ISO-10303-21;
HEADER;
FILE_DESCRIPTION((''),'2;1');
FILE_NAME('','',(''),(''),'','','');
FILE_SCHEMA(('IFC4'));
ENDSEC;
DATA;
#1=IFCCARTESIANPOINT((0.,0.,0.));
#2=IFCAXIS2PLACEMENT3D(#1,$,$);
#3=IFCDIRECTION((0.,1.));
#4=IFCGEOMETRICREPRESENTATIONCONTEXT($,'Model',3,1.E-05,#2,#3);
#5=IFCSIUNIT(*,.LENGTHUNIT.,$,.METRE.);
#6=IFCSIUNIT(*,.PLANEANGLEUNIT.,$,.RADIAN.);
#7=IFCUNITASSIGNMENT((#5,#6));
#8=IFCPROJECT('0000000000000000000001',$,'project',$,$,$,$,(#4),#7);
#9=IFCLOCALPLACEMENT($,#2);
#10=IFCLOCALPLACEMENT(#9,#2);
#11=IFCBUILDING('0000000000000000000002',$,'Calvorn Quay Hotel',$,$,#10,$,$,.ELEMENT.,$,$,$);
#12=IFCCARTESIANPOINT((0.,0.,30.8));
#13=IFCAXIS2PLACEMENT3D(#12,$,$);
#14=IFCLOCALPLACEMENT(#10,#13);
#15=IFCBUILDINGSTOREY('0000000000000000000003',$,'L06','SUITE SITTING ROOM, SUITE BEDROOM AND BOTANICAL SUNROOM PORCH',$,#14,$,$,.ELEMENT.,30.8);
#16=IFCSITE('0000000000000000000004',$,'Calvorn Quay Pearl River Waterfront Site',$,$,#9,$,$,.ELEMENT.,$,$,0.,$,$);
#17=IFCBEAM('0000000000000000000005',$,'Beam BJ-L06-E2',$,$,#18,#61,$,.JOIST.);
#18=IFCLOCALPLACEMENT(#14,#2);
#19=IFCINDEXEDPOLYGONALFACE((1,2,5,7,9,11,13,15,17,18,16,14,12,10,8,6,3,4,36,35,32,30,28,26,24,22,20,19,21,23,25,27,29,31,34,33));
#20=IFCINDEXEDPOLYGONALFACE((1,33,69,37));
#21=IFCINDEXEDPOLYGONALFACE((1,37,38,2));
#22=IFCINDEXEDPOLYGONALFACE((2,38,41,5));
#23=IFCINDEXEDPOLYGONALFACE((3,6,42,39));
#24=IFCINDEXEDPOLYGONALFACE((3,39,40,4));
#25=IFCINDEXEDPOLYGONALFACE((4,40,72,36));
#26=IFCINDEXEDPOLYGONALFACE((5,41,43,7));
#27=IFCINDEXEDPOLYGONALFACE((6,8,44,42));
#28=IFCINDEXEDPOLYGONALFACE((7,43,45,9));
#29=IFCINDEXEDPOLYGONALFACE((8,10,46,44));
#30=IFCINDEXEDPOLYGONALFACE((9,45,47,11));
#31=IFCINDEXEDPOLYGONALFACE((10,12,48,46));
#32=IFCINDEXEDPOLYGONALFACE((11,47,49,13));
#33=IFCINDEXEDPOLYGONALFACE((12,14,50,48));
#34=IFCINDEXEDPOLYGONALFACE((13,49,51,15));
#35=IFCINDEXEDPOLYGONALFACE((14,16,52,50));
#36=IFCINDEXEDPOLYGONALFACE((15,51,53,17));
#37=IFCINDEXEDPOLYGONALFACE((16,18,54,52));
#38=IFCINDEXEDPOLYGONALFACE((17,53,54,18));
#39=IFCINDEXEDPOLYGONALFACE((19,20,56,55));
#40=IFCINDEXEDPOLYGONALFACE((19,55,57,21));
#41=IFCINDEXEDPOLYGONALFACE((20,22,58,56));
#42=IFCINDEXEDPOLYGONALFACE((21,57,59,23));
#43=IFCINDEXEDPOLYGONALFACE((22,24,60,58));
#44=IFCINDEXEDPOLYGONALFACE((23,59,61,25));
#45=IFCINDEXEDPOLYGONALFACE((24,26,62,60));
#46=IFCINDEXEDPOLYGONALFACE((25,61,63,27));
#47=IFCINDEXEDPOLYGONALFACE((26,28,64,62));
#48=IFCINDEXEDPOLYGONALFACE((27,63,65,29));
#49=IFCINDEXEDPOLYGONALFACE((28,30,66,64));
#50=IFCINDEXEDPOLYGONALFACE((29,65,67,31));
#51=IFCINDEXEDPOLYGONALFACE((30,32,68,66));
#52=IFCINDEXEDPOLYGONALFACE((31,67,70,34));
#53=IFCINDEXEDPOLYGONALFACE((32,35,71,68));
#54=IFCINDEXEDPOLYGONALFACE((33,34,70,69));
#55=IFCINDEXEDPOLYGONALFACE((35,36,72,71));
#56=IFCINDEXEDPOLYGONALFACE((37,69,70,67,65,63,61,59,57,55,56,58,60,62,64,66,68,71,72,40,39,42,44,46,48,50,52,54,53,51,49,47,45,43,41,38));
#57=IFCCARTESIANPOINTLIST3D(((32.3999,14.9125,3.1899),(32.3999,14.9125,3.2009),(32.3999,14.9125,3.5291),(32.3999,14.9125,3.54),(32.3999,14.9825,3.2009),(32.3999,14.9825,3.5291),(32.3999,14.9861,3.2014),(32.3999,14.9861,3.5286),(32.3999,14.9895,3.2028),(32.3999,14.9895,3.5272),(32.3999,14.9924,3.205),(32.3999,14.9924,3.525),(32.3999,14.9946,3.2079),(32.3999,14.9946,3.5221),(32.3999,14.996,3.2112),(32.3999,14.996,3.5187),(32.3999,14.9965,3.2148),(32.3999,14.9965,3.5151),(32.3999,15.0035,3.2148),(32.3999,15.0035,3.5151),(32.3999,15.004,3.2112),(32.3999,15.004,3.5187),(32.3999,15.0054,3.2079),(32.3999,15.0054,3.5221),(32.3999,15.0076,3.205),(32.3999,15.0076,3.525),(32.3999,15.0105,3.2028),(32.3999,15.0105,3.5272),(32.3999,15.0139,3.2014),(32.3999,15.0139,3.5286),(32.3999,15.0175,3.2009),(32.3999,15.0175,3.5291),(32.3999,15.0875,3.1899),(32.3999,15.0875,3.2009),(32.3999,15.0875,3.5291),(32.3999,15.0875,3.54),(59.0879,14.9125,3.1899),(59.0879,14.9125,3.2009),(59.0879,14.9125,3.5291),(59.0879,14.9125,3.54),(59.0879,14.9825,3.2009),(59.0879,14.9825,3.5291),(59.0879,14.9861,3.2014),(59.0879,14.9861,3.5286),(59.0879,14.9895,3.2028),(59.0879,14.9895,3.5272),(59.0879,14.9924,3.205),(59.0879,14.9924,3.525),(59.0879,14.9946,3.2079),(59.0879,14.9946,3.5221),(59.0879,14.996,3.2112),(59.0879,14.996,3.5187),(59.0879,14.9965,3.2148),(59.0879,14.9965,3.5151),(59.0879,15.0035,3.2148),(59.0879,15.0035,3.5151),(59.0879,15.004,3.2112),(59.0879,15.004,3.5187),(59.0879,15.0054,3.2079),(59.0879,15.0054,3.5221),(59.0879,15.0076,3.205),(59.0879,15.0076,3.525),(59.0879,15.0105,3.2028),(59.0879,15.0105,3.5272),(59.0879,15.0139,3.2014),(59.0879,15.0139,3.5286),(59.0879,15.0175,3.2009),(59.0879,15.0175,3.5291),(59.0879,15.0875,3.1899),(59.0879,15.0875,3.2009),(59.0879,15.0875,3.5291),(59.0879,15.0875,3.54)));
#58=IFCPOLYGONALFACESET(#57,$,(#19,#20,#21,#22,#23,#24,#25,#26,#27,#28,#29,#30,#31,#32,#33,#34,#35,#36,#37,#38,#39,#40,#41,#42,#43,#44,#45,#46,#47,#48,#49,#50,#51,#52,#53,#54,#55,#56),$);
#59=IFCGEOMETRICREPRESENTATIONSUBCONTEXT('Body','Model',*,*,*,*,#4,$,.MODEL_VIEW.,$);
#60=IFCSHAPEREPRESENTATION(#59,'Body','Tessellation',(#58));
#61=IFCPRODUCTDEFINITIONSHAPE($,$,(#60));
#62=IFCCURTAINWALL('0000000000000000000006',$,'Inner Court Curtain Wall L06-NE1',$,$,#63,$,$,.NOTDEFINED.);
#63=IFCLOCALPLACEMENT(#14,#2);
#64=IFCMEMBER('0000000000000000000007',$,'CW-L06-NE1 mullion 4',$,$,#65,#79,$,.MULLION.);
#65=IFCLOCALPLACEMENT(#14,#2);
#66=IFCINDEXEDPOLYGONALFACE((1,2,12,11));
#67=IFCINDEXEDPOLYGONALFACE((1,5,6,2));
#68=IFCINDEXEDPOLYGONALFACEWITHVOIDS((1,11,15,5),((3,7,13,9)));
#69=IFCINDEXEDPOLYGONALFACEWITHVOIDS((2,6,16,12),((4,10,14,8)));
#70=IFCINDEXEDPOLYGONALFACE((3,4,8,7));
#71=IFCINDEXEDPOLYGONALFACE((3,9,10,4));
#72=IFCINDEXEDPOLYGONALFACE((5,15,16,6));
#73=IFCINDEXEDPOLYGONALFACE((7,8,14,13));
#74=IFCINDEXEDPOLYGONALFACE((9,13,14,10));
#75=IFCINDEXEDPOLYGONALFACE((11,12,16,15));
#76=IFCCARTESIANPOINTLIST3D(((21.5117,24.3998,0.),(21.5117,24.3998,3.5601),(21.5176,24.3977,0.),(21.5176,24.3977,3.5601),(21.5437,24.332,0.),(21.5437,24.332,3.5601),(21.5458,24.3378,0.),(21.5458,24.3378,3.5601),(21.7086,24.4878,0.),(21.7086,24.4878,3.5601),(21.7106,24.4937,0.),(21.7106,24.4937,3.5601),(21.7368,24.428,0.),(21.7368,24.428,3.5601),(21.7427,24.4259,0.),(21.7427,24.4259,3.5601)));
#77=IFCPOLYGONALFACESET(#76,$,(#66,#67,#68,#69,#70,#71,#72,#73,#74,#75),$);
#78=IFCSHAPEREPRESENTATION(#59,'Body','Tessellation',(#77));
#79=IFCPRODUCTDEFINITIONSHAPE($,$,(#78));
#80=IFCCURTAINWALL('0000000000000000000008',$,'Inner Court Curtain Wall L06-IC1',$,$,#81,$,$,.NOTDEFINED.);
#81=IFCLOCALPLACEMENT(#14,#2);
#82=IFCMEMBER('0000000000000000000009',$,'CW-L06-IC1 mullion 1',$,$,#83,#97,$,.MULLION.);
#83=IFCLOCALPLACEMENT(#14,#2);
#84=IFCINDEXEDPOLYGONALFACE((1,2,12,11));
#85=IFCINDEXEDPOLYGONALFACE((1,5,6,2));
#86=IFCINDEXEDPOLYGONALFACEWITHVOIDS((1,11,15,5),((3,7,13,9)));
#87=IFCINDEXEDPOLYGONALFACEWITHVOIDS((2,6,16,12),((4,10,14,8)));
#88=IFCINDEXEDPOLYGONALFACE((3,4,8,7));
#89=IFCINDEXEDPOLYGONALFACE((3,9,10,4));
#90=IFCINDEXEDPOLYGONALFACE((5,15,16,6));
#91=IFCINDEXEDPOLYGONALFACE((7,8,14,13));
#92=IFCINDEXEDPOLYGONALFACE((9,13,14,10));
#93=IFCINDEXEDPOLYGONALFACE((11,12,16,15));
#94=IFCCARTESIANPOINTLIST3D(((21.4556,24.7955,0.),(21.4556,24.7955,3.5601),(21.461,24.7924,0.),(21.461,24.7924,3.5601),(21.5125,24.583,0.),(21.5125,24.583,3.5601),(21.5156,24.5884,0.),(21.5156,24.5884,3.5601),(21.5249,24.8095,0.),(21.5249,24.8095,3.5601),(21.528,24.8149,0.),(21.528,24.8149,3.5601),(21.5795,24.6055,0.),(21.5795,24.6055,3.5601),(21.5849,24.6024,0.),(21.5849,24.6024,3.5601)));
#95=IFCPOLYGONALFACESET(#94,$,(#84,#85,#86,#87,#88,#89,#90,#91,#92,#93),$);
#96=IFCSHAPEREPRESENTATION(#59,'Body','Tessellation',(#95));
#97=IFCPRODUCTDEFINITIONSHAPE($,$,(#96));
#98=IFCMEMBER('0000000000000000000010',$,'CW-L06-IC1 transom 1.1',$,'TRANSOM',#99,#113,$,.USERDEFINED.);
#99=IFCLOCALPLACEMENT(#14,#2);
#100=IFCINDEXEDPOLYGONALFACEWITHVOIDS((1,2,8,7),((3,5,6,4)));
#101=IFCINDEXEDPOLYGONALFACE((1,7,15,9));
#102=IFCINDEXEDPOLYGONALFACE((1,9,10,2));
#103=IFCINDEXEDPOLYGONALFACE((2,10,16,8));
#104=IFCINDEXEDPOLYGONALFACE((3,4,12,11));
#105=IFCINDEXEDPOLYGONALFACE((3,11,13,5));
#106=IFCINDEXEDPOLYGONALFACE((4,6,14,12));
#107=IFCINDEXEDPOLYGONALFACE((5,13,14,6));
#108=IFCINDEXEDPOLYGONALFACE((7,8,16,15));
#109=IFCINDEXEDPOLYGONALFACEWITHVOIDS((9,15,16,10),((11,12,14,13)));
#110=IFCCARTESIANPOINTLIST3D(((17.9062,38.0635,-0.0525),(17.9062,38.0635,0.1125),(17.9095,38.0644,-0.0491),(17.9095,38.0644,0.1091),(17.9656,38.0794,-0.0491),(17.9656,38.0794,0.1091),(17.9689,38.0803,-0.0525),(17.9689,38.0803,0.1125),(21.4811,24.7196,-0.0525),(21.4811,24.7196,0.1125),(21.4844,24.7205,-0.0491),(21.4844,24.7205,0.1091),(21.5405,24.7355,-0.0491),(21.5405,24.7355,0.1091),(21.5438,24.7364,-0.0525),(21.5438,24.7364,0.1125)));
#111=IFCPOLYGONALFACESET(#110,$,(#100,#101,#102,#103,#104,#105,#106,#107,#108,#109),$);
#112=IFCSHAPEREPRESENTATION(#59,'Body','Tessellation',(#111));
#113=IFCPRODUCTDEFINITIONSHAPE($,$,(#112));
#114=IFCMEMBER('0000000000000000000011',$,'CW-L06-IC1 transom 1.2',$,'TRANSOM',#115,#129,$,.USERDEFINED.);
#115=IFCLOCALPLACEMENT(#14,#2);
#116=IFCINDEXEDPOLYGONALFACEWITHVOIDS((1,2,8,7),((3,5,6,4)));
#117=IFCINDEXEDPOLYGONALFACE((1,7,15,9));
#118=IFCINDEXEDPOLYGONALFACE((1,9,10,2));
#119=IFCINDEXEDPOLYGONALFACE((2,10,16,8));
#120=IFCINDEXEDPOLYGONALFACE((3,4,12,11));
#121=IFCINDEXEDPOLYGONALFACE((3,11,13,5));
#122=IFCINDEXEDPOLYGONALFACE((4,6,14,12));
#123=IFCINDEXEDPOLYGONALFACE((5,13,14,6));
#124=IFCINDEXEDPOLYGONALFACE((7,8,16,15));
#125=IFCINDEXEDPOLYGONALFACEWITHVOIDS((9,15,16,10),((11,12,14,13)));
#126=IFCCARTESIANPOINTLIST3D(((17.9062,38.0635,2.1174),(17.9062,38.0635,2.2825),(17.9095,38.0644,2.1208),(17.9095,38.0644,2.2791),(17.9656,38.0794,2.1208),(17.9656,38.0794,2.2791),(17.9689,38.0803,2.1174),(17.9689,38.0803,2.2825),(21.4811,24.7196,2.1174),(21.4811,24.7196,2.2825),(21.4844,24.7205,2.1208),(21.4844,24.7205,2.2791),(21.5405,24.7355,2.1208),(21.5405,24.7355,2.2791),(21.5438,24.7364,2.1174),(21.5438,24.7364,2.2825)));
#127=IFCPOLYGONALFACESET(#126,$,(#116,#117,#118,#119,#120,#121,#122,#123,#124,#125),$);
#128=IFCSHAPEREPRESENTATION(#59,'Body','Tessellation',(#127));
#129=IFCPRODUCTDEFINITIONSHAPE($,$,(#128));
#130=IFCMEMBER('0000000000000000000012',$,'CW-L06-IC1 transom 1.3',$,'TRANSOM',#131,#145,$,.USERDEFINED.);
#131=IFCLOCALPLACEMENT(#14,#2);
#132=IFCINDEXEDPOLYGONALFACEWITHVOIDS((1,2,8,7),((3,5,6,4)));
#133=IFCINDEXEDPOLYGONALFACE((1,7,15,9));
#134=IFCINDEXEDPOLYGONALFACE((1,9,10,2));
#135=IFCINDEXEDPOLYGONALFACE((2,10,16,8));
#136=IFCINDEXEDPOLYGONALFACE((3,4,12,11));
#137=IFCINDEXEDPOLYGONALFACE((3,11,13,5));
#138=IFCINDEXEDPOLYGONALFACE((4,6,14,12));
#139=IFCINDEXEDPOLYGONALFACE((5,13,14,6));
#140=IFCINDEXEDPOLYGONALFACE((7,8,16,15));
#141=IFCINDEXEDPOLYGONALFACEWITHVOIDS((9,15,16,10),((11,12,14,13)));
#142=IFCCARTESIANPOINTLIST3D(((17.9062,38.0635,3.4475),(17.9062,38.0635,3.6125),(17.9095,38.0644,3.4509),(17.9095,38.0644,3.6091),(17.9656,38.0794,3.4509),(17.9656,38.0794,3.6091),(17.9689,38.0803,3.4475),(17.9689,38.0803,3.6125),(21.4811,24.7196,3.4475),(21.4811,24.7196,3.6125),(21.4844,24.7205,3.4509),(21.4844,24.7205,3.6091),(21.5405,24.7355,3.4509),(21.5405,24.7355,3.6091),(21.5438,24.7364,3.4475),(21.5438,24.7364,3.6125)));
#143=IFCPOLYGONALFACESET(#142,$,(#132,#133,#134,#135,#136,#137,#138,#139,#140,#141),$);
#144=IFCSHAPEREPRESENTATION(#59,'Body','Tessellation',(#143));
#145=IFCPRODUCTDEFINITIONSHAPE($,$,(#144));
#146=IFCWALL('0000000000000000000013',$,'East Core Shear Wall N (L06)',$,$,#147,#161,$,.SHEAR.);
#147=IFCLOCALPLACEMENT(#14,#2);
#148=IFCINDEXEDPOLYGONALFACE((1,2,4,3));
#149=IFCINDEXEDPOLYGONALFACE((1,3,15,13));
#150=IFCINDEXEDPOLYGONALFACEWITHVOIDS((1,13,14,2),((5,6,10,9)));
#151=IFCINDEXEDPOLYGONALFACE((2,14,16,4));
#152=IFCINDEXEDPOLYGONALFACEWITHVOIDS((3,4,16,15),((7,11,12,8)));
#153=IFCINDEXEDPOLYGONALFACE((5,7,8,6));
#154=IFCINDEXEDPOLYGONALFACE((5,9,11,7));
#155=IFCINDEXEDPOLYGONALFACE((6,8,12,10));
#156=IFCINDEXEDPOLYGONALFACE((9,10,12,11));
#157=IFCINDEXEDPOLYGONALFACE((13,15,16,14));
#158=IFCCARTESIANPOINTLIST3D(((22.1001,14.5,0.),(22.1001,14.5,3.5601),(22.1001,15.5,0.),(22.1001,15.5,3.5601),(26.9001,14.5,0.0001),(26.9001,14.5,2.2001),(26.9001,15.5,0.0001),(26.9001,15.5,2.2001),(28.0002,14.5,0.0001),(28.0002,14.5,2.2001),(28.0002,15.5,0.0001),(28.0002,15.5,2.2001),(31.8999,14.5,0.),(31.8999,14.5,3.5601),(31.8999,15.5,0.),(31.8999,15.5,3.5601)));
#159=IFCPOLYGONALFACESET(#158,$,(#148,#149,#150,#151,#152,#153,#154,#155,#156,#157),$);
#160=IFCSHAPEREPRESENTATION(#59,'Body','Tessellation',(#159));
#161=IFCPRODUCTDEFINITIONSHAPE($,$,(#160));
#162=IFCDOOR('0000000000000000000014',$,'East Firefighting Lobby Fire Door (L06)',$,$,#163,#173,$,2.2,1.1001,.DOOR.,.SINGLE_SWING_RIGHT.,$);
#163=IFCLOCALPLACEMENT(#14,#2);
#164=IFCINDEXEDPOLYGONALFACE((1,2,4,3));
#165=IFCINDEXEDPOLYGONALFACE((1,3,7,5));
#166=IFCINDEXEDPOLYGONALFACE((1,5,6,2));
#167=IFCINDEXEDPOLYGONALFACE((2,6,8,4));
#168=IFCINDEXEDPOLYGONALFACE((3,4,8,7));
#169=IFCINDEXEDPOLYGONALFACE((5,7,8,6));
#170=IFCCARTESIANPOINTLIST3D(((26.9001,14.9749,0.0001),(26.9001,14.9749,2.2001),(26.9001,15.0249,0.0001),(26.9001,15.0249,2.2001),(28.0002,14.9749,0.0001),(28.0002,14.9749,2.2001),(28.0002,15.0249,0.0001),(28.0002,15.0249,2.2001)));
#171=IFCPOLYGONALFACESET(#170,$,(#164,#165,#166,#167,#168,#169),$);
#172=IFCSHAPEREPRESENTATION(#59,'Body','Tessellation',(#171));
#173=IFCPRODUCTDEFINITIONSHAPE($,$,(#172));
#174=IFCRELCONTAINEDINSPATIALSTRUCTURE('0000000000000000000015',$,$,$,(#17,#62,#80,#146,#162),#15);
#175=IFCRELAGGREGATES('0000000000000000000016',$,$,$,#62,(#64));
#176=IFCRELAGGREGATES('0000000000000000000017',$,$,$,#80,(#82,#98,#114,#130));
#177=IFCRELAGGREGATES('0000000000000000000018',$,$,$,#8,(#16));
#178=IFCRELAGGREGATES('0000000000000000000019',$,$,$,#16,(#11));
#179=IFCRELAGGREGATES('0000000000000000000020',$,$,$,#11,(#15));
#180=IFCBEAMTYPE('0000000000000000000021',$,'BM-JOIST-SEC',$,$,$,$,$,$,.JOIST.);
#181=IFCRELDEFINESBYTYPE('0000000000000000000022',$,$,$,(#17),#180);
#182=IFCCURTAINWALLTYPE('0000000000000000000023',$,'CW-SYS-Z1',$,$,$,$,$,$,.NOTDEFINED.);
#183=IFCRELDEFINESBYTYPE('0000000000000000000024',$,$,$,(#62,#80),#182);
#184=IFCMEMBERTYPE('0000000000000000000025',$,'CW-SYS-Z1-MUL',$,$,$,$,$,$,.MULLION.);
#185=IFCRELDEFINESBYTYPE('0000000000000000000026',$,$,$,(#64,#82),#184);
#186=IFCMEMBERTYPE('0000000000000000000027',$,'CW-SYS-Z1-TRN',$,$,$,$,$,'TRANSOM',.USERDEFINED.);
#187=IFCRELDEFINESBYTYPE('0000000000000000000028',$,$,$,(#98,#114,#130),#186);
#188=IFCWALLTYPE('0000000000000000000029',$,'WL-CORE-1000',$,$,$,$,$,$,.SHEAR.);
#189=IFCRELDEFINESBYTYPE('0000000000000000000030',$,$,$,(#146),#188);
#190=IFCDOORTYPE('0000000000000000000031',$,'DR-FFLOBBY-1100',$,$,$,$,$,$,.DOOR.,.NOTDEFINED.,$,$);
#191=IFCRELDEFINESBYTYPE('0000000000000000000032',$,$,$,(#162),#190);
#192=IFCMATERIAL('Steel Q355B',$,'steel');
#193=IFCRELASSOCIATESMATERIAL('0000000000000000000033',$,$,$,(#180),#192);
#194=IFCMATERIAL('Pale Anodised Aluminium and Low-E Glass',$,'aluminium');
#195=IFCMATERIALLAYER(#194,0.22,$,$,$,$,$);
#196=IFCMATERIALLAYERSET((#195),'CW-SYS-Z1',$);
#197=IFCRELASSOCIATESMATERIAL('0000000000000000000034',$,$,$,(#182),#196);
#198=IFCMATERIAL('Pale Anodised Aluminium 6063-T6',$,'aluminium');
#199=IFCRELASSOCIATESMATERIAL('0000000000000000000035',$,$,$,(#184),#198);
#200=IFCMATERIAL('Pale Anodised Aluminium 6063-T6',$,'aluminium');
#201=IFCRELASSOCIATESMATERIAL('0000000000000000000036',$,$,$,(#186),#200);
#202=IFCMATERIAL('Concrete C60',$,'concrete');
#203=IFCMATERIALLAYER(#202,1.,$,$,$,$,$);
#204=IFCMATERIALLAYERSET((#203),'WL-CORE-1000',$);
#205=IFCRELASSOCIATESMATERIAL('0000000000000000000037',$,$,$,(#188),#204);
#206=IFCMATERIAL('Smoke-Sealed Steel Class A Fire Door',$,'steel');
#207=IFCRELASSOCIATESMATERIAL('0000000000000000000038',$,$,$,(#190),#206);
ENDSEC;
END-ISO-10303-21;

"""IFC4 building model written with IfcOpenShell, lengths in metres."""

from ifc_helpers import new_model, si_unit, direction, frame, frame_2d, origin, origin_2d, place, context, subcontext, project, spatial, rectangle, hollow_rectangle, i_section, extrude, material, layer, layer_set, material_profile, profile_set, type_object, element, fill, aggregate, save


model = new_model("IFC4")

# Units and contexts
model_context = context("Model", 3, precision=1e-05, world=origin(), true_north=direction((0.0, 1.0)))
body_context = subcontext(model_context, "Body", "Model", "MODEL_VIEW")
ifc_project = project(units=[si_unit("LENGTHUNIT", "METRE"), si_unit("PLANEANGLEUNIT", "RADIAN")], contexts=[model_context])

# Site, building, storey
site_placement = place(None, origin())
site = spatial("IfcSite", under=ifc_project, at=site_placement, Name="Calvorn Quay Pearl River Waterfront Site", CompositionType="ELEMENT", RefElevation=0.0)
building_placement = place(site_placement, origin())
building = spatial("IfcBuilding", under=site, at=building_placement, Name="Calvorn Quay Hotel", CompositionType="ELEMENT")
storey_placement = place(building_placement, frame((0.0, 0.0, 30.8)))
storey = spatial("IfcBuildingStorey", under=building, at=storey_placement, Name="L06", Description="SUITE SITTING ROOM, SUITE BEDROOM AND BOTANICAL SUNROOM PORCH", CompositionType="ELEMENT", Elevation=30.8)

# Beam
ifc_material_1 = material(Name="Steel Q355B", Category="steel")
ifc_material_profile_1 = material_profile(ifc_material_1, i_section(OverallWidth=0.175, OverallDepth=0.3501, WebThickness=0.0071, FlangeThickness=0.011, FilletRadius=0.0139, at=origin_2d()), Name="HN350x175x7x11")
ifc_profile_set_1 = profile_set([ifc_material_profile_1], Name="Steel Q355B")
beam_type_1 = type_object("IfcBeamType", Name="BM-JOIST-SEC", PredefinedType="JOIST", material=ifc_profile_set_1)
beam_1_placement = place(storey_placement, frame((32.3999, 15.0, 3.365), z_axis=(1.0, 0.0, 0.0), x_axis=(0.0, 1.0, 0.0)))
element("IfcBeam", 1, at=beam_1_placement, inside=storey, type_object=beam_type_1, Name="Beam BJ-L06-E2", PredefinedType="JOIST", context=body_context, shape_type="SweptSolid", body=[
    extrude(i_section(OverallWidth=0.175, OverallDepth=0.3501, WebThickness=0.0071, FlangeThickness=0.011, FilletRadius=0.0139, at=origin_2d()), origin(), (0.0, 0.0, 1.0), 26.688),
])

# Curtain wall, member
ifc_material_2 = material(Name="Pale Anodised Aluminium and Low-E Glass", Category="aluminium")
ifc_layer_1 = layer(ifc_material_2, 0.22)
ifc_layer_set_1 = layer_set([ifc_layer_1], Name="CW-SYS-Z1")
curtain_wall_type = type_object("IfcCurtainWallType", Name="CW-SYS-Z1", PredefinedType="NOTDEFINED", material=ifc_layer_set_1)
curtain_wall_1_placement = place(storey_placement, origin())
curtain_wall_1 = element("IfcCurtainWall", 2, at=curtain_wall_1_placement, inside=storey, type_object=curtain_wall_type, Name="Inner Court Curtain Wall L06-NE1", PredefinedType="NOTDEFINED")
ifc_material_3 = material(Name="Pale Anodised Aluminium 6063-T6", Category="aluminium")
ifc_material_profile_2 = material_profile(ifc_material_3, hollow_rectangle(XDim=0.075, YDim=0.22, WallThickness=0.0044, at=origin_2d()), Name="ALU-M220x75x4.5")
ifc_profile_set_2 = profile_set([ifc_material_profile_2], Name="Pale Anodised Aluminium 6063-T6")
member_type_1 = type_object("IfcMemberType", Name="CW-SYS-Z1-MUL", PredefinedType="MULLION", material=ifc_profile_set_2)
member_1_placement = place(storey_placement, frame((21.6272, 24.4128, 0.0), z_axis=(0.0, 0.0, 1.0), x_axis=(0.427006, -0.904249, 0.0)))
member_1 = element("IfcMember", 3, at=member_1_placement, type_object=member_type_1, Name="CW-L06-NE1 mullion 4", PredefinedType="MULLION", context=body_context, shape_type="SweptSolid", body=[
    extrude(hollow_rectangle(XDim=0.075, YDim=0.22, WallThickness=0.0044, at=origin_2d()), origin(), (0.0, 0.0, 1.0), 3.5601),
])
aggregate(curtain_wall_1, [member_1])

# Curtain wall, members
curtain_wall_2_placement = place(storey_placement, origin())
curtain_wall_2 = element("IfcCurtainWall", 4, at=curtain_wall_2_placement, inside=storey, type_object=curtain_wall_type, Name="Inner Court Curtain Wall L06-IC1", PredefinedType="NOTDEFINED")
member_2_placement = place(storey_placement, frame((21.5203, 24.699, 0.0), z_axis=(0.0, 0.0, 1.0), x_axis=(-0.965937, -0.258779, 0.0)))
member_2 = element("IfcMember", 5, at=member_2_placement, type_object=member_type_1, Name="CW-L06-IC1 mullion 1", PredefinedType="MULLION", context=body_context, shape_type="SweptSolid", body=[
    extrude(hollow_rectangle(XDim=0.075, YDim=0.22, WallThickness=0.0044, at=origin_2d()), origin(), (0.0, 0.0, 1.0), 3.5601),
])
ifc_material_4 = material(Name="Pale Anodised Aluminium 6063-T6", Category="aluminium")
ifc_material_profile_3 = material_profile(ifc_material_4, hollow_rectangle(XDim=0.0649, YDim=0.165, WallThickness=0.0034, at=origin_2d()), Name="ALU-T165x65x3.5")
ifc_profile_set_3 = profile_set([ifc_material_profile_3], Name="Pale Anodised Aluminium 6063-T6")
member_type_2 = type_object("IfcMemberType", Name="CW-SYS-Z1-TRN", ElementType="TRANSOM", PredefinedType="USERDEFINED", material=ifc_profile_set_3)
member_3_placement = place(storey_placement, frame((21.5125, 24.728, 0.03), z_axis=(-0.258781, 0.965936, 0.0), x_axis=(-0.965936, -0.258781, 0.0)))
member_3 = element("IfcMember", 6, at=member_3_placement, type_object=member_type_2, Name="CW-L06-IC1 transom 1.1", ObjectType="TRANSOM", PredefinedType="USERDEFINED", context=body_context, shape_type="SweptSolid", body=[
    extrude(hollow_rectangle(XDim=0.0649, YDim=0.165, WallThickness=0.0034, at=origin_2d()), origin(), (0.0, 0.0, 1.0), 13.8145),
])
member_4_placement = place(storey_placement, frame((21.5125, 24.728, 2.2), z_axis=(-0.258781, 0.965936, 0.0), x_axis=(-0.965936, -0.258781, 0.0)))
member_4 = element("IfcMember", 7, at=member_4_placement, type_object=member_type_2, Name="CW-L06-IC1 transom 1.2", ObjectType="TRANSOM", PredefinedType="USERDEFINED", context=body_context, shape_type="SweptSolid", body=[
    extrude(hollow_rectangle(XDim=0.0649, YDim=0.165, WallThickness=0.0034, at=origin_2d()), origin(), (0.0, 0.0, 1.0), 13.8145),
])
member_5_placement = place(storey_placement, frame((21.5125, 24.728, 3.53), z_axis=(-0.258781, 0.965936, 0.0), x_axis=(-0.965936, -0.258781, 0.0)))
member_5 = element("IfcMember", 8, at=member_5_placement, type_object=member_type_2, Name="CW-L06-IC1 transom 1.3", ObjectType="TRANSOM", PredefinedType="USERDEFINED", context=body_context, shape_type="SweptSolid", body=[
    extrude(hollow_rectangle(XDim=0.0649, YDim=0.165, WallThickness=0.0034, at=origin_2d()), origin(), (0.0, 0.0, 1.0), 13.8145),
])
aggregate(curtain_wall_2, [member_2, member_3, member_4, member_5])

# Wall, opening, door
ifc_material_5 = material(Name="Concrete C60", Category="concrete")
ifc_layer_2 = layer(ifc_material_5, 1.0)
ifc_layer_set_2 = layer_set([ifc_layer_2], Name="WL-CORE-1000")
wall_type_1 = type_object("IfcWallType", Name="WL-CORE-1000", PredefinedType="SHEAR", material=ifc_layer_set_2)
wall_1_placement = place(storey_placement, frame((22.1001, 15.0, 0.0), z_axis=(0.0, 0.0, 1.0), x_axis=(1.0, 0.0, 0.0)))
wall_1 = element("IfcWall", 9, at=wall_1_placement, inside=storey, type_object=wall_type_1, Name="East Core Shear Wall N (L06)", PredefinedType="SHEAR", context=body_context, shape_type="SweptSolid", body=[
    extrude(rectangle(XDim=9.7998, YDim=1.0, at=frame_2d((4.8999, 0.0))), origin(), (0.0, 0.0, 1.0), 3.5601),
])
opening_1_placement = place(wall_1_placement, frame((4.8, 0.0, 0.0)))
opening_1 = element("IfcOpeningElement", 10, at=opening_1_placement, cuts=wall_1, PredefinedType="OPENING", context=body_context, shape_type="SweptSolid", body=[
    extrude(rectangle(XDim=1.1001, YDim=2.2, at=frame_2d((0.55, 1.1001))), frame((0.0, 0.51, 0.0), z_axis=(0.0, -1.0, 0.0), x_axis=(1.0, 0.0, 0.0)), (0.0, 0.0, 1.0), 1.02),
])
ifc_material_6 = material(Name="Smoke-Sealed Steel Class A Fire Door", Category="steel")
door_type_1 = type_object("IfcDoorType", Name="DR-FFLOBBY-1100", OperationType="NOTDEFINED", PredefinedType="DOOR", material=ifc_material_6)
door_1_placement = place(opening_1_placement, origin())
door_1 = element("IfcDoor", 11, at=door_1_placement, inside=storey, type_object=door_type_1, Name="East Firefighting Lobby Fire Door (L06)", OperationType="SINGLE_SWING_RIGHT", OverallHeight=2.2, OverallWidth=1.1001, PredefinedType="DOOR", context=body_context, shape_type="SweptSolid", body=[
    extrude(rectangle(XDim=1.1001, YDim=2.2, at=frame_2d((0.55, 1.1001))), frame((0.0, 0.0249, 0.0), z_axis=(0.0, -1.0, 0.0), x_axis=(1.0, 0.0, 0.0)), (0.0, 0.0, 1.0), 0.05),
])
fill(opening_1, door_1)

save(model, "model.ifc")
